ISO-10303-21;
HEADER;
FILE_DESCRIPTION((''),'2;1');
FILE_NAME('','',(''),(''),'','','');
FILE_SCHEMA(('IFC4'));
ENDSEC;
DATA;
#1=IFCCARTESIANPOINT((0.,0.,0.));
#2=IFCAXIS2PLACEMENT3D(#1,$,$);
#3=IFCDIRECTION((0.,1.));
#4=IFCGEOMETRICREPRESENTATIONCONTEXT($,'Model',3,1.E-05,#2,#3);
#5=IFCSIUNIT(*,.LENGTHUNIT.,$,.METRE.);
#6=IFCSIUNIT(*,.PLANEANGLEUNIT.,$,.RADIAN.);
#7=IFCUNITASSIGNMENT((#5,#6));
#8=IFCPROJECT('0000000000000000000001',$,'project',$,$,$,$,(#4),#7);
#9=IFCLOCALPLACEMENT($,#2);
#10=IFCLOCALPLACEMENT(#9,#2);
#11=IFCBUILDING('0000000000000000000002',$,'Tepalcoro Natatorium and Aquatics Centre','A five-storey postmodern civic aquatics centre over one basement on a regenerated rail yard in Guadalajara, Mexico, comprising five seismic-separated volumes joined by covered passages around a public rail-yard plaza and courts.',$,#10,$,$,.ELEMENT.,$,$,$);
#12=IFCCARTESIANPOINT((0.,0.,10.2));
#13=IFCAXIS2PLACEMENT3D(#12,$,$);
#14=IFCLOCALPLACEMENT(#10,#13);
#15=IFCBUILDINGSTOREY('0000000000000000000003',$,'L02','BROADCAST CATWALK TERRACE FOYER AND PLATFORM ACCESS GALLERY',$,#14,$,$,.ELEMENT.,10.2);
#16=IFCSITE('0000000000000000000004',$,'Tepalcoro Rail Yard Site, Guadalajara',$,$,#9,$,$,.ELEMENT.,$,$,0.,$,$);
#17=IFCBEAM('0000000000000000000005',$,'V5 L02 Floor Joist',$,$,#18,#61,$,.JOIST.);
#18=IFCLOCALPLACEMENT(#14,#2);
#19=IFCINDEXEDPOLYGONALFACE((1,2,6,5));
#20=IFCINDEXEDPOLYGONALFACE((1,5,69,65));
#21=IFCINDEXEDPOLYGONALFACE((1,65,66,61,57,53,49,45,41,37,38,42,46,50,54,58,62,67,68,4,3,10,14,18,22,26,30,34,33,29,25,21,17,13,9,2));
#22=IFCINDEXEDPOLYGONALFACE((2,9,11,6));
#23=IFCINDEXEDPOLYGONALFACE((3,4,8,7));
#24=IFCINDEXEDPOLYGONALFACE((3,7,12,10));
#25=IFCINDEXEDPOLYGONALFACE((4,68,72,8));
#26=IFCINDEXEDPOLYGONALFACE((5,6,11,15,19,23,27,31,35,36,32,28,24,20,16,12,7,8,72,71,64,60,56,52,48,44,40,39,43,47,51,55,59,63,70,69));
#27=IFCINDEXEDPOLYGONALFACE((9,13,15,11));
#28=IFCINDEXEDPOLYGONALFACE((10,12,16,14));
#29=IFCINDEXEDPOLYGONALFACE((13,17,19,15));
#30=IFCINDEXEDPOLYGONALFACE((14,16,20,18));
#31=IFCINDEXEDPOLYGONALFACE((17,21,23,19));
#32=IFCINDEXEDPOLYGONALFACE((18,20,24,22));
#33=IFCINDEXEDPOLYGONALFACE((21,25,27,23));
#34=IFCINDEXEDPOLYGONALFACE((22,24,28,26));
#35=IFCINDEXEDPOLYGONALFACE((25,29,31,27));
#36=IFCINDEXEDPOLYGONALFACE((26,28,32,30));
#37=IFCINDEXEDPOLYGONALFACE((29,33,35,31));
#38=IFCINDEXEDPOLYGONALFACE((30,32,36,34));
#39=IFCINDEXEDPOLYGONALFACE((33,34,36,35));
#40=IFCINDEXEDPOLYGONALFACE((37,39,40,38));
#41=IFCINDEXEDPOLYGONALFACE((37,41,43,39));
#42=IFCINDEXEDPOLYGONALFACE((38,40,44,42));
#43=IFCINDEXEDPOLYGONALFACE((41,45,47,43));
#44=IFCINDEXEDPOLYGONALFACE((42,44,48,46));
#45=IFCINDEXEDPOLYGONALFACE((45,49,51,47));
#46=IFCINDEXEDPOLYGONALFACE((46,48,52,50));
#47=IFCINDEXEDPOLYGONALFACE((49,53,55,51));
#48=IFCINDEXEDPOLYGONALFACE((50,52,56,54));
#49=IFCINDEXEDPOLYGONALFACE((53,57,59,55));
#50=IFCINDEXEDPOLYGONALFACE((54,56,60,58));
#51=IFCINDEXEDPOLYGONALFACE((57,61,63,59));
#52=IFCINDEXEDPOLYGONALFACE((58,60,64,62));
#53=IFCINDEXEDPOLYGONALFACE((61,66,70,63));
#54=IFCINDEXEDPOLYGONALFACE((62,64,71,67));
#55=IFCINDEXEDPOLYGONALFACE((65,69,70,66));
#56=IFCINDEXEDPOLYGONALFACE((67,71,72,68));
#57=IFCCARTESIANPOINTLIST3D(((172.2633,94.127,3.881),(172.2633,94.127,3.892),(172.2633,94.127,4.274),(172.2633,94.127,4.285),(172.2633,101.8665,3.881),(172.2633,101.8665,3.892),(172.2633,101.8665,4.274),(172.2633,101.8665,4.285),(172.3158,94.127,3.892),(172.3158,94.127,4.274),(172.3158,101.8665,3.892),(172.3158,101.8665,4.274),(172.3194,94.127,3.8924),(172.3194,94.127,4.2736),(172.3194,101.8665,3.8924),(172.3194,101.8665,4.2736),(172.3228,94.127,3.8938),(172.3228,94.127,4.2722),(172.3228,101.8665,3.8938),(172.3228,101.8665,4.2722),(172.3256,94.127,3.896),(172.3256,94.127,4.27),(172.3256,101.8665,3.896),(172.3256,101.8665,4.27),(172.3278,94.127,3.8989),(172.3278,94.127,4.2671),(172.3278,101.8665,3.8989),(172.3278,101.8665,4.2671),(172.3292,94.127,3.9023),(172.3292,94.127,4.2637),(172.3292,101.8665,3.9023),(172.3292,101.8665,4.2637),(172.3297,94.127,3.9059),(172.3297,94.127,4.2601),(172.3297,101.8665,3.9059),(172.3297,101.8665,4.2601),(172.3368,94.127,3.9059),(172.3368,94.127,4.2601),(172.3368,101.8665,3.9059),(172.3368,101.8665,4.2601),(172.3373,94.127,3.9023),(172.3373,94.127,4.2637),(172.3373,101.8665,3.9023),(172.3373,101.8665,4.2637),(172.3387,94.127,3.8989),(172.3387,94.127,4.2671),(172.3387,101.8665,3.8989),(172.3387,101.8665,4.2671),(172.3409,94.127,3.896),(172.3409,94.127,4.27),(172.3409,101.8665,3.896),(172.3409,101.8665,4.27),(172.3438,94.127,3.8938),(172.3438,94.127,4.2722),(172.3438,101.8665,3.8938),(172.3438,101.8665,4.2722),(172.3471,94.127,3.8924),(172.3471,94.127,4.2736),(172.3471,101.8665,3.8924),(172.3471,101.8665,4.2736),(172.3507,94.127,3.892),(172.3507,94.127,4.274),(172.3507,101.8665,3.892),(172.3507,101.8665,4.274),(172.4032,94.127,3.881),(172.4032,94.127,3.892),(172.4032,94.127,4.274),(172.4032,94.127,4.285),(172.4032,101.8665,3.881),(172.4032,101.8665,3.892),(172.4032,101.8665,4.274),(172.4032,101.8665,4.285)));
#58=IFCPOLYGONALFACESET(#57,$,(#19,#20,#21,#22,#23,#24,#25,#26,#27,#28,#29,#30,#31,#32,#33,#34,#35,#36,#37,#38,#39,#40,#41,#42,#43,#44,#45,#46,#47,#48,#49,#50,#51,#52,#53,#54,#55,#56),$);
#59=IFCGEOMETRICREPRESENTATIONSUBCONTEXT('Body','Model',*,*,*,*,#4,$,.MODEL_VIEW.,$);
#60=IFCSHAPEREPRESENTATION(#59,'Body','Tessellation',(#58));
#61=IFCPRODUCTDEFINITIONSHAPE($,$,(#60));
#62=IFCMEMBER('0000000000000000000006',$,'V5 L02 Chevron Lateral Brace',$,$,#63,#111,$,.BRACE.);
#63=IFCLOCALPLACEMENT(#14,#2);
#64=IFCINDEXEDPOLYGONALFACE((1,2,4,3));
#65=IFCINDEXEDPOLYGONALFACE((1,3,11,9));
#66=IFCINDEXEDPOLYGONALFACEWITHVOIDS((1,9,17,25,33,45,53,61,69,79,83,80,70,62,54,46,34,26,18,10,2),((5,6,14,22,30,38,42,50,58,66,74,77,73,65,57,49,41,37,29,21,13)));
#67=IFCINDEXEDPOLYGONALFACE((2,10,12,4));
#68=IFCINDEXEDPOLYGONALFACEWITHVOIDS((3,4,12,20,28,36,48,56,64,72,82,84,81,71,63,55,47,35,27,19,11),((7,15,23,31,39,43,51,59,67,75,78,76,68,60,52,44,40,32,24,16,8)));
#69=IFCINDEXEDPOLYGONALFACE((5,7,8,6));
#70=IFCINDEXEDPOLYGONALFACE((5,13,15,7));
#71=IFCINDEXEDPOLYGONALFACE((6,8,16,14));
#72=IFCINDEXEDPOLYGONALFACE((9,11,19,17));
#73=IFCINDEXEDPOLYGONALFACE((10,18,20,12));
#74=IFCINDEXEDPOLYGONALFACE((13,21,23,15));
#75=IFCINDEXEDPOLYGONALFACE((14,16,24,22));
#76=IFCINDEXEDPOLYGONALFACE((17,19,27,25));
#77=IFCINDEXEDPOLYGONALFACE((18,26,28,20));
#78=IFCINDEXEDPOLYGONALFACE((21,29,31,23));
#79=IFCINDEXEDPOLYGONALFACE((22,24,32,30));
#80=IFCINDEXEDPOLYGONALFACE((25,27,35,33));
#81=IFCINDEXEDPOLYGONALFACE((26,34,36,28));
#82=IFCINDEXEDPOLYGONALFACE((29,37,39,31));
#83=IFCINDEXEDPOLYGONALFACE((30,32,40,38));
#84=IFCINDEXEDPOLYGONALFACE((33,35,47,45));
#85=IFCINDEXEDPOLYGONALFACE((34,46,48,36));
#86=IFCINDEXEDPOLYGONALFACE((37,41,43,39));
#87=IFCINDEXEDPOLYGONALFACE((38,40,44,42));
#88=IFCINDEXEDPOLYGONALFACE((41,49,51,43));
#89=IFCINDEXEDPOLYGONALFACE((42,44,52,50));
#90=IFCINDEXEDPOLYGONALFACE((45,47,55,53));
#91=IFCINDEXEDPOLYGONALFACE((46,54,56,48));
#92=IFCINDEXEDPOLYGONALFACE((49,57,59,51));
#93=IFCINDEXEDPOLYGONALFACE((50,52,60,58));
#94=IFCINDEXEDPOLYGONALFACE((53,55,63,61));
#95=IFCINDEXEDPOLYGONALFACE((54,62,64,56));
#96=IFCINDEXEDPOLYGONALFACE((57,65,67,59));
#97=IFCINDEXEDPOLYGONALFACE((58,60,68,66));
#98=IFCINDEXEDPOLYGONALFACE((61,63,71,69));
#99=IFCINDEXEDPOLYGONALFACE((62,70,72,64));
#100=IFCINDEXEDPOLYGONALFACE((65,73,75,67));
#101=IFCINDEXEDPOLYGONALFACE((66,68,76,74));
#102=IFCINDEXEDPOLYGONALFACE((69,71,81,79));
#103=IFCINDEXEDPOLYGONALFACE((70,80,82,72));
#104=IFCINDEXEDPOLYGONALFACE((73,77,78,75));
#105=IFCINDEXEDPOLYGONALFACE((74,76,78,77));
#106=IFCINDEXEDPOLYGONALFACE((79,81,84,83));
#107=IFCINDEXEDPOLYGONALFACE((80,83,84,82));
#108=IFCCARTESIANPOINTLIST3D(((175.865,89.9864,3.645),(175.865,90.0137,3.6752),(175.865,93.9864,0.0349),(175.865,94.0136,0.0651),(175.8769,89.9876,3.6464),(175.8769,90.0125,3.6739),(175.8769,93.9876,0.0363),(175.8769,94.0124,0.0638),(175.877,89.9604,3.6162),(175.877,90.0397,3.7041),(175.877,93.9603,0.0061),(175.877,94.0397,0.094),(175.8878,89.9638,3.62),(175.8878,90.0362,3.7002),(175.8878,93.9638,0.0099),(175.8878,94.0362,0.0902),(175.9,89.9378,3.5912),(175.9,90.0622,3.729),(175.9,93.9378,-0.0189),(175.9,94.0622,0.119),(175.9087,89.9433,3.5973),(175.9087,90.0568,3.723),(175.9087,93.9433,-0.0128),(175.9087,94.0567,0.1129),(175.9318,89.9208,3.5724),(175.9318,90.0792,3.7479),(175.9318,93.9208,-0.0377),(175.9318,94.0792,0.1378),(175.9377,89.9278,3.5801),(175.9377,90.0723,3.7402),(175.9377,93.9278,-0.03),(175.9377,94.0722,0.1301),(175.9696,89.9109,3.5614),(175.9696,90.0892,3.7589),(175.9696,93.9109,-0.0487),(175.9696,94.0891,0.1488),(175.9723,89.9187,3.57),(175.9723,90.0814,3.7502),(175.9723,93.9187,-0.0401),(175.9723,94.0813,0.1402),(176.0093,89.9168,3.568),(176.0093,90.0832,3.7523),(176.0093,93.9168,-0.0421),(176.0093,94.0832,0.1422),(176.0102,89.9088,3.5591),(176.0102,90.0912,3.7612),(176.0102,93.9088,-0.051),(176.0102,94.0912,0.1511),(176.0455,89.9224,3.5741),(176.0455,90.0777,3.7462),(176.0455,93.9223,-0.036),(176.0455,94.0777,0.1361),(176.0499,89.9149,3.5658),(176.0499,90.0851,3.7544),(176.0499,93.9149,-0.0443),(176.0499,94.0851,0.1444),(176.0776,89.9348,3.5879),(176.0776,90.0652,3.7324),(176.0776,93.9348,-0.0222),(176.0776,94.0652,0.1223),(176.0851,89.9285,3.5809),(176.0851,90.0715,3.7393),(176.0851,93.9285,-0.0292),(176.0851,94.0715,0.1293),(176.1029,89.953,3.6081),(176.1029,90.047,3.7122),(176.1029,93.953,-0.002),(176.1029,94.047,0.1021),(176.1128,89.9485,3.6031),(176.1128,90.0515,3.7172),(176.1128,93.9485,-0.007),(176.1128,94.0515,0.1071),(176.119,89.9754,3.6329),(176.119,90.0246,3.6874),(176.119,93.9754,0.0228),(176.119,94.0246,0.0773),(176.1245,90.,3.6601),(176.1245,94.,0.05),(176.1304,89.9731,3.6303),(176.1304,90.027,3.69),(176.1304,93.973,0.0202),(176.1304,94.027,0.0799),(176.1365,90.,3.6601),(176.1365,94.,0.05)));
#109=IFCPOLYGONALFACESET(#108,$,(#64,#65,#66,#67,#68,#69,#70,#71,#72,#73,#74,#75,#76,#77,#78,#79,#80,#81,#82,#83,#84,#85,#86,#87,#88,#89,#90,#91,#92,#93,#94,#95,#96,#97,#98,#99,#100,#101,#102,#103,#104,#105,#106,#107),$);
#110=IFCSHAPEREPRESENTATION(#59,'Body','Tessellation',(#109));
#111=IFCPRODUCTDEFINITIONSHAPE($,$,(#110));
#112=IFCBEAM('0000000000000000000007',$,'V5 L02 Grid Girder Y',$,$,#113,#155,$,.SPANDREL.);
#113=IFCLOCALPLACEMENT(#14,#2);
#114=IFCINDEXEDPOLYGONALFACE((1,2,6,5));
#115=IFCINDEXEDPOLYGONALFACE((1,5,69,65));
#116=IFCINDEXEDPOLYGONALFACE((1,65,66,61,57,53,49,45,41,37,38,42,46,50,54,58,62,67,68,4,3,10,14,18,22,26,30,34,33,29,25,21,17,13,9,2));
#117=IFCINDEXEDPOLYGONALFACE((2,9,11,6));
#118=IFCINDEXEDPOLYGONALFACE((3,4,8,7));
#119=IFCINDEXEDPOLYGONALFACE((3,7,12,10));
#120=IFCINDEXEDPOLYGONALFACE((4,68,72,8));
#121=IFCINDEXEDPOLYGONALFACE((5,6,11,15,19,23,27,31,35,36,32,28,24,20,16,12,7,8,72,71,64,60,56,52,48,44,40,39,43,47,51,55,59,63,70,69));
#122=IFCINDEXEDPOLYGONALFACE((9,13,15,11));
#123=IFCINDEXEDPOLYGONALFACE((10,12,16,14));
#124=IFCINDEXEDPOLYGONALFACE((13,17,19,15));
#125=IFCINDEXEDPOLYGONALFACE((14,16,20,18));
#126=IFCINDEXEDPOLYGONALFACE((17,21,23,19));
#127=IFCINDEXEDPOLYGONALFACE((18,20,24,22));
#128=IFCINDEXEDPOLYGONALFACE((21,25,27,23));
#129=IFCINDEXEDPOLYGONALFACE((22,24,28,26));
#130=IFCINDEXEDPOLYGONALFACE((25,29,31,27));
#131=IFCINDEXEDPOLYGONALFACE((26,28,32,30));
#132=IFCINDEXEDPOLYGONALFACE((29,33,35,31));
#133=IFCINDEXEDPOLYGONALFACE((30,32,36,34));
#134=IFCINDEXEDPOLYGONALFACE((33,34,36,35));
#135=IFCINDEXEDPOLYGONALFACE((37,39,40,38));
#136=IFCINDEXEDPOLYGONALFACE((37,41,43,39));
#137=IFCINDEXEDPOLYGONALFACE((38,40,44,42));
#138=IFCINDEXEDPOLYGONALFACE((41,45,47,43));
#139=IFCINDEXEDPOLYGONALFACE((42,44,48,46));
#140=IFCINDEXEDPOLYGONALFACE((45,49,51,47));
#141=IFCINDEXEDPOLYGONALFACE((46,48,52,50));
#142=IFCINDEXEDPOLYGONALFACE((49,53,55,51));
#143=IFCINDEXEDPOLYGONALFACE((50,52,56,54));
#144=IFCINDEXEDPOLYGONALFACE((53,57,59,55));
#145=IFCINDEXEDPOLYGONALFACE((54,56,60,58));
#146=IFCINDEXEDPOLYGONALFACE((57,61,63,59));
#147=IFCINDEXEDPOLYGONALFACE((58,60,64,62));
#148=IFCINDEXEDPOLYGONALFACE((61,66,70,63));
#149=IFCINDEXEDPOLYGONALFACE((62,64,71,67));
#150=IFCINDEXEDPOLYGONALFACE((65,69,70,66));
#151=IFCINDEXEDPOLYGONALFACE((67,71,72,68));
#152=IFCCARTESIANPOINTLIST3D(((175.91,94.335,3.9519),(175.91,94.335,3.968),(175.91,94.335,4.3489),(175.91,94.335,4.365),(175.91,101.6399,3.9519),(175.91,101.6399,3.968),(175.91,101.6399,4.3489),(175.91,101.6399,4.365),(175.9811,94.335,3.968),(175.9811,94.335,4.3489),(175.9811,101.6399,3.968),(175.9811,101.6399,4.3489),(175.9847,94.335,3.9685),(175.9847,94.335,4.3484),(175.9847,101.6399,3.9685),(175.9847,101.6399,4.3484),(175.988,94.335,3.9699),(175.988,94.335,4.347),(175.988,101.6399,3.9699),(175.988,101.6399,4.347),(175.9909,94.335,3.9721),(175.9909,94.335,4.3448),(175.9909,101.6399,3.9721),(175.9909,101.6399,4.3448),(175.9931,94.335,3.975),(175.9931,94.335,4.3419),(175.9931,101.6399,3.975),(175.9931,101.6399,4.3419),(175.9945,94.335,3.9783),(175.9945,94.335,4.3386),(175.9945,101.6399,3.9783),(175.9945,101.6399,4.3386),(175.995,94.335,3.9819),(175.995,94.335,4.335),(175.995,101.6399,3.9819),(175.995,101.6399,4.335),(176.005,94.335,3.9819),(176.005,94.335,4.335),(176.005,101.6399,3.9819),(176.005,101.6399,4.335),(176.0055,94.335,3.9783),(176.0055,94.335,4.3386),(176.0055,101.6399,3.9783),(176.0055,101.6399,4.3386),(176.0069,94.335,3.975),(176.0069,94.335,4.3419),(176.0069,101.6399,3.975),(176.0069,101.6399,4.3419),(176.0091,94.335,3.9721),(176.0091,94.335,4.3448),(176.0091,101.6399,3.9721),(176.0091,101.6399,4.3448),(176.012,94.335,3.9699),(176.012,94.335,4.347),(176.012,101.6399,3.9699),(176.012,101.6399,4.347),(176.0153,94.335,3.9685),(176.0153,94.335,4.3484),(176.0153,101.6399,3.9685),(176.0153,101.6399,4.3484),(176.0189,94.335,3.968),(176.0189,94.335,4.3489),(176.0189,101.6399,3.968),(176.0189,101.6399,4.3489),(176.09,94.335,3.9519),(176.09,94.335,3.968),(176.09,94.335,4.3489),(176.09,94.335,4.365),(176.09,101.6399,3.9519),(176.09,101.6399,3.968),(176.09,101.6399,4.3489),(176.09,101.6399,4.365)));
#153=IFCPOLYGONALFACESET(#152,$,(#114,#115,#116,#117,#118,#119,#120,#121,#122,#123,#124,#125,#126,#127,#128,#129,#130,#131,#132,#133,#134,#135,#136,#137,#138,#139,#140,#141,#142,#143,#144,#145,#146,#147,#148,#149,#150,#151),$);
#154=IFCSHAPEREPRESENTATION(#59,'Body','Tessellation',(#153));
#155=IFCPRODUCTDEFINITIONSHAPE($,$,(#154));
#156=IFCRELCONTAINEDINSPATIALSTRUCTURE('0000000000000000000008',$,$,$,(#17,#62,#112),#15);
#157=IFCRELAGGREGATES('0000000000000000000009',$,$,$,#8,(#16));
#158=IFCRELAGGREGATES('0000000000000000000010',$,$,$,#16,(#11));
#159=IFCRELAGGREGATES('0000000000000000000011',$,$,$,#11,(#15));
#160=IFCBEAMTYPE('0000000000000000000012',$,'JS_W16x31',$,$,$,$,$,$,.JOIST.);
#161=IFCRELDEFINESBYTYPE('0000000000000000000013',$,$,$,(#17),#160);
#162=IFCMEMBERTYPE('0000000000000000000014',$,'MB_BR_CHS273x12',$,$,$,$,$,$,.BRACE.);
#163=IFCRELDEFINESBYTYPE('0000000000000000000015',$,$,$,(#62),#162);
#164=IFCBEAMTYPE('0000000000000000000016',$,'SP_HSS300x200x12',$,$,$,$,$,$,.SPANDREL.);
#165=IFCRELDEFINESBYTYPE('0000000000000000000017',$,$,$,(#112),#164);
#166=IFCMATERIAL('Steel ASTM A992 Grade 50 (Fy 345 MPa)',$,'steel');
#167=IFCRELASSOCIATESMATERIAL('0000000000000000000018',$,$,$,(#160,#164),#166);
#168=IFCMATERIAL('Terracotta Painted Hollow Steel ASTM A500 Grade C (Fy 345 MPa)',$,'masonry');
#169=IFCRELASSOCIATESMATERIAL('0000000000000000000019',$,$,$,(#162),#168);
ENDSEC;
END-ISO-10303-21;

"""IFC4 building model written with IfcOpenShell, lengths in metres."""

from ifc_helpers import new_model, si_unit, direction, frame, origin, origin_2d, place, context, subcontext, project, spatial, hollow_circle, i_section, extrude, material, material_profile, profile_set, type_object, element, save


model = new_model("IFC4")

# Units and contexts
model_context = context("Model", 3, precision=1e-05, world=origin(), true_north=direction((0.0, 1.0)))
body_context = subcontext(model_context, "Body", "Model", "MODEL_VIEW")
ifc_project = project(units=[si_unit("LENGTHUNIT", "METRE"), si_unit("PLANEANGLEUNIT", "RADIAN")], contexts=[model_context])

# Site, building, storey
site_placement = place(None, origin())
site = spatial("IfcSite", under=ifc_project, at=site_placement, Name="Tepalcoro Rail Yard Site, Guadalajara", CompositionType="ELEMENT", RefElevation=0.0)
building_placement = place(site_placement, origin())
building = spatial("IfcBuilding", under=site, at=building_placement, Name="Tepalcoro Natatorium and Aquatics Centre", Description="A five-storey postmodern civic aquatics centre over one basement on a regenerated rail yard in Guadalajara, Mexico, comprising five seismic-separated volumes joined by covered passages around a public rail-yard plaza and courts.", CompositionType="ELEMENT")
storey_placement = place(building_placement, frame((0.0, 0.0, 10.2)))
storey = spatial("IfcBuildingStorey", under=building, at=storey_placement, Name="L02", Description="BROADCAST CATWALK TERRACE FOYER AND PLATFORM ACCESS GALLERY", CompositionType="ELEMENT", Elevation=10.2)

# Shared definitions
ifc_material_1 = material(Name="Steel ASTM A992 Grade 50 (Fy 345 MPa)", Category="steel")

# Beam
ifc_material_profile_1 = material_profile(ifc_material_1, i_section(OverallWidth=0.1399, OverallDepth=0.4041, WebThickness=0.0071, FlangeThickness=0.011, FilletRadius=0.0139, at=origin_2d()), Name="W16X31")
ifc_profile_set_1 = profile_set([ifc_material_profile_1], Name="Steel ASTM A992 Grade 50 (Fy 345 MPa)")
beam_type_1 = type_object("IfcBeamType", Name="JS_W16x31", PredefinedType="JOIST", material=ifc_profile_set_1)
beam_1_placement = place(storey_placement, frame((172.3333, 94.127, 4.083), z_axis=(0.0, 1.0, 0.0), x_axis=(-1.0, 0.0, 0.0)))
element("IfcBeam", 1, at=beam_1_placement, inside=storey, type_object=beam_type_1, Name="V5 L02 Floor Joist", PredefinedType="JOIST", context=body_context, shape_type="SweptSolid", body=[
    extrude(i_section(OverallWidth=0.1399, OverallDepth=0.4041, WebThickness=0.0071, FlangeThickness=0.011, FilletRadius=0.0139, at=origin_2d()), origin(), (0.0, 0.0, 1.0), 7.7395),
])

# Member
ifc_material_2 = material(Name="Terracotta Painted Hollow Steel ASTM A500 Grade C (Fy 345 MPa)", Category="masonry")
ifc_material_profile_2 = material_profile(ifc_material_2, hollow_circle(Radius=0.1365, WallThickness=0.012, at=origin_2d()), Name="CHS273X12")
ifc_profile_set_2 = profile_set([ifc_material_profile_2], Name="Terracotta Painted Hollow Steel ASTM A500 Grade C (Fy 345 MPa)")
member_type_1 = type_object("IfcMemberType", Name="MB_BR_CHS273x12", PredefinedType="BRACE", material=ifc_profile_set_2)
member_1_placement = place(storey_placement, frame((176.0, 94.0, 0.05), z_axis=(0.0, -0.742361, 0.67), x_axis=(1.0, 0.0, 0.0)))
element("IfcMember", 2, at=member_1_placement, inside=storey, type_object=member_type_1, Name="V5 L02 Chevron Lateral Brace", PredefinedType="BRACE", context=body_context, shape_type="SweptSolid", body=[
    extrude(hollow_circle(Radius=0.1365, WallThickness=0.012, at=origin_2d()), origin(), (0.0, 0.0, 1.0), 5.3882),
])

# Beam
ifc_material_profile_3 = material_profile(ifc_material_1, i_section(OverallWidth=0.1799, OverallDepth=0.4131, WebThickness=0.01, FlangeThickness=0.0161, FilletRadius=0.0139, at=origin_2d()), Name="W16X50")
ifc_profile_set_3 = profile_set([ifc_material_profile_3], Name="Steel ASTM A992 Grade 50 (Fy 345 MPa)")
beam_type_2 = type_object("IfcBeamType", Name="SP_HSS300x200x12", PredefinedType="SPANDREL", material=ifc_profile_set_3)
beam_2_placement = place(storey_placement, frame((176.0, 94.335, 4.1584), z_axis=(0.0, 1.0, 0.0), x_axis=(-1.0, 0.0, 0.0)))
element("IfcBeam", 3, at=beam_2_placement, inside=storey, type_object=beam_type_2, Name="V5 L02 Grid Girder Y", PredefinedType="SPANDREL", context=body_context, shape_type="SweptSolid", body=[
    extrude(i_section(OverallWidth=0.1799, OverallDepth=0.4131, WebThickness=0.01, FlangeThickness=0.0161, FilletRadius=0.0139, at=origin_2d()), origin(), (0.0, 0.0, 1.0), 7.3049),
])

save(model, "model.ifc")
